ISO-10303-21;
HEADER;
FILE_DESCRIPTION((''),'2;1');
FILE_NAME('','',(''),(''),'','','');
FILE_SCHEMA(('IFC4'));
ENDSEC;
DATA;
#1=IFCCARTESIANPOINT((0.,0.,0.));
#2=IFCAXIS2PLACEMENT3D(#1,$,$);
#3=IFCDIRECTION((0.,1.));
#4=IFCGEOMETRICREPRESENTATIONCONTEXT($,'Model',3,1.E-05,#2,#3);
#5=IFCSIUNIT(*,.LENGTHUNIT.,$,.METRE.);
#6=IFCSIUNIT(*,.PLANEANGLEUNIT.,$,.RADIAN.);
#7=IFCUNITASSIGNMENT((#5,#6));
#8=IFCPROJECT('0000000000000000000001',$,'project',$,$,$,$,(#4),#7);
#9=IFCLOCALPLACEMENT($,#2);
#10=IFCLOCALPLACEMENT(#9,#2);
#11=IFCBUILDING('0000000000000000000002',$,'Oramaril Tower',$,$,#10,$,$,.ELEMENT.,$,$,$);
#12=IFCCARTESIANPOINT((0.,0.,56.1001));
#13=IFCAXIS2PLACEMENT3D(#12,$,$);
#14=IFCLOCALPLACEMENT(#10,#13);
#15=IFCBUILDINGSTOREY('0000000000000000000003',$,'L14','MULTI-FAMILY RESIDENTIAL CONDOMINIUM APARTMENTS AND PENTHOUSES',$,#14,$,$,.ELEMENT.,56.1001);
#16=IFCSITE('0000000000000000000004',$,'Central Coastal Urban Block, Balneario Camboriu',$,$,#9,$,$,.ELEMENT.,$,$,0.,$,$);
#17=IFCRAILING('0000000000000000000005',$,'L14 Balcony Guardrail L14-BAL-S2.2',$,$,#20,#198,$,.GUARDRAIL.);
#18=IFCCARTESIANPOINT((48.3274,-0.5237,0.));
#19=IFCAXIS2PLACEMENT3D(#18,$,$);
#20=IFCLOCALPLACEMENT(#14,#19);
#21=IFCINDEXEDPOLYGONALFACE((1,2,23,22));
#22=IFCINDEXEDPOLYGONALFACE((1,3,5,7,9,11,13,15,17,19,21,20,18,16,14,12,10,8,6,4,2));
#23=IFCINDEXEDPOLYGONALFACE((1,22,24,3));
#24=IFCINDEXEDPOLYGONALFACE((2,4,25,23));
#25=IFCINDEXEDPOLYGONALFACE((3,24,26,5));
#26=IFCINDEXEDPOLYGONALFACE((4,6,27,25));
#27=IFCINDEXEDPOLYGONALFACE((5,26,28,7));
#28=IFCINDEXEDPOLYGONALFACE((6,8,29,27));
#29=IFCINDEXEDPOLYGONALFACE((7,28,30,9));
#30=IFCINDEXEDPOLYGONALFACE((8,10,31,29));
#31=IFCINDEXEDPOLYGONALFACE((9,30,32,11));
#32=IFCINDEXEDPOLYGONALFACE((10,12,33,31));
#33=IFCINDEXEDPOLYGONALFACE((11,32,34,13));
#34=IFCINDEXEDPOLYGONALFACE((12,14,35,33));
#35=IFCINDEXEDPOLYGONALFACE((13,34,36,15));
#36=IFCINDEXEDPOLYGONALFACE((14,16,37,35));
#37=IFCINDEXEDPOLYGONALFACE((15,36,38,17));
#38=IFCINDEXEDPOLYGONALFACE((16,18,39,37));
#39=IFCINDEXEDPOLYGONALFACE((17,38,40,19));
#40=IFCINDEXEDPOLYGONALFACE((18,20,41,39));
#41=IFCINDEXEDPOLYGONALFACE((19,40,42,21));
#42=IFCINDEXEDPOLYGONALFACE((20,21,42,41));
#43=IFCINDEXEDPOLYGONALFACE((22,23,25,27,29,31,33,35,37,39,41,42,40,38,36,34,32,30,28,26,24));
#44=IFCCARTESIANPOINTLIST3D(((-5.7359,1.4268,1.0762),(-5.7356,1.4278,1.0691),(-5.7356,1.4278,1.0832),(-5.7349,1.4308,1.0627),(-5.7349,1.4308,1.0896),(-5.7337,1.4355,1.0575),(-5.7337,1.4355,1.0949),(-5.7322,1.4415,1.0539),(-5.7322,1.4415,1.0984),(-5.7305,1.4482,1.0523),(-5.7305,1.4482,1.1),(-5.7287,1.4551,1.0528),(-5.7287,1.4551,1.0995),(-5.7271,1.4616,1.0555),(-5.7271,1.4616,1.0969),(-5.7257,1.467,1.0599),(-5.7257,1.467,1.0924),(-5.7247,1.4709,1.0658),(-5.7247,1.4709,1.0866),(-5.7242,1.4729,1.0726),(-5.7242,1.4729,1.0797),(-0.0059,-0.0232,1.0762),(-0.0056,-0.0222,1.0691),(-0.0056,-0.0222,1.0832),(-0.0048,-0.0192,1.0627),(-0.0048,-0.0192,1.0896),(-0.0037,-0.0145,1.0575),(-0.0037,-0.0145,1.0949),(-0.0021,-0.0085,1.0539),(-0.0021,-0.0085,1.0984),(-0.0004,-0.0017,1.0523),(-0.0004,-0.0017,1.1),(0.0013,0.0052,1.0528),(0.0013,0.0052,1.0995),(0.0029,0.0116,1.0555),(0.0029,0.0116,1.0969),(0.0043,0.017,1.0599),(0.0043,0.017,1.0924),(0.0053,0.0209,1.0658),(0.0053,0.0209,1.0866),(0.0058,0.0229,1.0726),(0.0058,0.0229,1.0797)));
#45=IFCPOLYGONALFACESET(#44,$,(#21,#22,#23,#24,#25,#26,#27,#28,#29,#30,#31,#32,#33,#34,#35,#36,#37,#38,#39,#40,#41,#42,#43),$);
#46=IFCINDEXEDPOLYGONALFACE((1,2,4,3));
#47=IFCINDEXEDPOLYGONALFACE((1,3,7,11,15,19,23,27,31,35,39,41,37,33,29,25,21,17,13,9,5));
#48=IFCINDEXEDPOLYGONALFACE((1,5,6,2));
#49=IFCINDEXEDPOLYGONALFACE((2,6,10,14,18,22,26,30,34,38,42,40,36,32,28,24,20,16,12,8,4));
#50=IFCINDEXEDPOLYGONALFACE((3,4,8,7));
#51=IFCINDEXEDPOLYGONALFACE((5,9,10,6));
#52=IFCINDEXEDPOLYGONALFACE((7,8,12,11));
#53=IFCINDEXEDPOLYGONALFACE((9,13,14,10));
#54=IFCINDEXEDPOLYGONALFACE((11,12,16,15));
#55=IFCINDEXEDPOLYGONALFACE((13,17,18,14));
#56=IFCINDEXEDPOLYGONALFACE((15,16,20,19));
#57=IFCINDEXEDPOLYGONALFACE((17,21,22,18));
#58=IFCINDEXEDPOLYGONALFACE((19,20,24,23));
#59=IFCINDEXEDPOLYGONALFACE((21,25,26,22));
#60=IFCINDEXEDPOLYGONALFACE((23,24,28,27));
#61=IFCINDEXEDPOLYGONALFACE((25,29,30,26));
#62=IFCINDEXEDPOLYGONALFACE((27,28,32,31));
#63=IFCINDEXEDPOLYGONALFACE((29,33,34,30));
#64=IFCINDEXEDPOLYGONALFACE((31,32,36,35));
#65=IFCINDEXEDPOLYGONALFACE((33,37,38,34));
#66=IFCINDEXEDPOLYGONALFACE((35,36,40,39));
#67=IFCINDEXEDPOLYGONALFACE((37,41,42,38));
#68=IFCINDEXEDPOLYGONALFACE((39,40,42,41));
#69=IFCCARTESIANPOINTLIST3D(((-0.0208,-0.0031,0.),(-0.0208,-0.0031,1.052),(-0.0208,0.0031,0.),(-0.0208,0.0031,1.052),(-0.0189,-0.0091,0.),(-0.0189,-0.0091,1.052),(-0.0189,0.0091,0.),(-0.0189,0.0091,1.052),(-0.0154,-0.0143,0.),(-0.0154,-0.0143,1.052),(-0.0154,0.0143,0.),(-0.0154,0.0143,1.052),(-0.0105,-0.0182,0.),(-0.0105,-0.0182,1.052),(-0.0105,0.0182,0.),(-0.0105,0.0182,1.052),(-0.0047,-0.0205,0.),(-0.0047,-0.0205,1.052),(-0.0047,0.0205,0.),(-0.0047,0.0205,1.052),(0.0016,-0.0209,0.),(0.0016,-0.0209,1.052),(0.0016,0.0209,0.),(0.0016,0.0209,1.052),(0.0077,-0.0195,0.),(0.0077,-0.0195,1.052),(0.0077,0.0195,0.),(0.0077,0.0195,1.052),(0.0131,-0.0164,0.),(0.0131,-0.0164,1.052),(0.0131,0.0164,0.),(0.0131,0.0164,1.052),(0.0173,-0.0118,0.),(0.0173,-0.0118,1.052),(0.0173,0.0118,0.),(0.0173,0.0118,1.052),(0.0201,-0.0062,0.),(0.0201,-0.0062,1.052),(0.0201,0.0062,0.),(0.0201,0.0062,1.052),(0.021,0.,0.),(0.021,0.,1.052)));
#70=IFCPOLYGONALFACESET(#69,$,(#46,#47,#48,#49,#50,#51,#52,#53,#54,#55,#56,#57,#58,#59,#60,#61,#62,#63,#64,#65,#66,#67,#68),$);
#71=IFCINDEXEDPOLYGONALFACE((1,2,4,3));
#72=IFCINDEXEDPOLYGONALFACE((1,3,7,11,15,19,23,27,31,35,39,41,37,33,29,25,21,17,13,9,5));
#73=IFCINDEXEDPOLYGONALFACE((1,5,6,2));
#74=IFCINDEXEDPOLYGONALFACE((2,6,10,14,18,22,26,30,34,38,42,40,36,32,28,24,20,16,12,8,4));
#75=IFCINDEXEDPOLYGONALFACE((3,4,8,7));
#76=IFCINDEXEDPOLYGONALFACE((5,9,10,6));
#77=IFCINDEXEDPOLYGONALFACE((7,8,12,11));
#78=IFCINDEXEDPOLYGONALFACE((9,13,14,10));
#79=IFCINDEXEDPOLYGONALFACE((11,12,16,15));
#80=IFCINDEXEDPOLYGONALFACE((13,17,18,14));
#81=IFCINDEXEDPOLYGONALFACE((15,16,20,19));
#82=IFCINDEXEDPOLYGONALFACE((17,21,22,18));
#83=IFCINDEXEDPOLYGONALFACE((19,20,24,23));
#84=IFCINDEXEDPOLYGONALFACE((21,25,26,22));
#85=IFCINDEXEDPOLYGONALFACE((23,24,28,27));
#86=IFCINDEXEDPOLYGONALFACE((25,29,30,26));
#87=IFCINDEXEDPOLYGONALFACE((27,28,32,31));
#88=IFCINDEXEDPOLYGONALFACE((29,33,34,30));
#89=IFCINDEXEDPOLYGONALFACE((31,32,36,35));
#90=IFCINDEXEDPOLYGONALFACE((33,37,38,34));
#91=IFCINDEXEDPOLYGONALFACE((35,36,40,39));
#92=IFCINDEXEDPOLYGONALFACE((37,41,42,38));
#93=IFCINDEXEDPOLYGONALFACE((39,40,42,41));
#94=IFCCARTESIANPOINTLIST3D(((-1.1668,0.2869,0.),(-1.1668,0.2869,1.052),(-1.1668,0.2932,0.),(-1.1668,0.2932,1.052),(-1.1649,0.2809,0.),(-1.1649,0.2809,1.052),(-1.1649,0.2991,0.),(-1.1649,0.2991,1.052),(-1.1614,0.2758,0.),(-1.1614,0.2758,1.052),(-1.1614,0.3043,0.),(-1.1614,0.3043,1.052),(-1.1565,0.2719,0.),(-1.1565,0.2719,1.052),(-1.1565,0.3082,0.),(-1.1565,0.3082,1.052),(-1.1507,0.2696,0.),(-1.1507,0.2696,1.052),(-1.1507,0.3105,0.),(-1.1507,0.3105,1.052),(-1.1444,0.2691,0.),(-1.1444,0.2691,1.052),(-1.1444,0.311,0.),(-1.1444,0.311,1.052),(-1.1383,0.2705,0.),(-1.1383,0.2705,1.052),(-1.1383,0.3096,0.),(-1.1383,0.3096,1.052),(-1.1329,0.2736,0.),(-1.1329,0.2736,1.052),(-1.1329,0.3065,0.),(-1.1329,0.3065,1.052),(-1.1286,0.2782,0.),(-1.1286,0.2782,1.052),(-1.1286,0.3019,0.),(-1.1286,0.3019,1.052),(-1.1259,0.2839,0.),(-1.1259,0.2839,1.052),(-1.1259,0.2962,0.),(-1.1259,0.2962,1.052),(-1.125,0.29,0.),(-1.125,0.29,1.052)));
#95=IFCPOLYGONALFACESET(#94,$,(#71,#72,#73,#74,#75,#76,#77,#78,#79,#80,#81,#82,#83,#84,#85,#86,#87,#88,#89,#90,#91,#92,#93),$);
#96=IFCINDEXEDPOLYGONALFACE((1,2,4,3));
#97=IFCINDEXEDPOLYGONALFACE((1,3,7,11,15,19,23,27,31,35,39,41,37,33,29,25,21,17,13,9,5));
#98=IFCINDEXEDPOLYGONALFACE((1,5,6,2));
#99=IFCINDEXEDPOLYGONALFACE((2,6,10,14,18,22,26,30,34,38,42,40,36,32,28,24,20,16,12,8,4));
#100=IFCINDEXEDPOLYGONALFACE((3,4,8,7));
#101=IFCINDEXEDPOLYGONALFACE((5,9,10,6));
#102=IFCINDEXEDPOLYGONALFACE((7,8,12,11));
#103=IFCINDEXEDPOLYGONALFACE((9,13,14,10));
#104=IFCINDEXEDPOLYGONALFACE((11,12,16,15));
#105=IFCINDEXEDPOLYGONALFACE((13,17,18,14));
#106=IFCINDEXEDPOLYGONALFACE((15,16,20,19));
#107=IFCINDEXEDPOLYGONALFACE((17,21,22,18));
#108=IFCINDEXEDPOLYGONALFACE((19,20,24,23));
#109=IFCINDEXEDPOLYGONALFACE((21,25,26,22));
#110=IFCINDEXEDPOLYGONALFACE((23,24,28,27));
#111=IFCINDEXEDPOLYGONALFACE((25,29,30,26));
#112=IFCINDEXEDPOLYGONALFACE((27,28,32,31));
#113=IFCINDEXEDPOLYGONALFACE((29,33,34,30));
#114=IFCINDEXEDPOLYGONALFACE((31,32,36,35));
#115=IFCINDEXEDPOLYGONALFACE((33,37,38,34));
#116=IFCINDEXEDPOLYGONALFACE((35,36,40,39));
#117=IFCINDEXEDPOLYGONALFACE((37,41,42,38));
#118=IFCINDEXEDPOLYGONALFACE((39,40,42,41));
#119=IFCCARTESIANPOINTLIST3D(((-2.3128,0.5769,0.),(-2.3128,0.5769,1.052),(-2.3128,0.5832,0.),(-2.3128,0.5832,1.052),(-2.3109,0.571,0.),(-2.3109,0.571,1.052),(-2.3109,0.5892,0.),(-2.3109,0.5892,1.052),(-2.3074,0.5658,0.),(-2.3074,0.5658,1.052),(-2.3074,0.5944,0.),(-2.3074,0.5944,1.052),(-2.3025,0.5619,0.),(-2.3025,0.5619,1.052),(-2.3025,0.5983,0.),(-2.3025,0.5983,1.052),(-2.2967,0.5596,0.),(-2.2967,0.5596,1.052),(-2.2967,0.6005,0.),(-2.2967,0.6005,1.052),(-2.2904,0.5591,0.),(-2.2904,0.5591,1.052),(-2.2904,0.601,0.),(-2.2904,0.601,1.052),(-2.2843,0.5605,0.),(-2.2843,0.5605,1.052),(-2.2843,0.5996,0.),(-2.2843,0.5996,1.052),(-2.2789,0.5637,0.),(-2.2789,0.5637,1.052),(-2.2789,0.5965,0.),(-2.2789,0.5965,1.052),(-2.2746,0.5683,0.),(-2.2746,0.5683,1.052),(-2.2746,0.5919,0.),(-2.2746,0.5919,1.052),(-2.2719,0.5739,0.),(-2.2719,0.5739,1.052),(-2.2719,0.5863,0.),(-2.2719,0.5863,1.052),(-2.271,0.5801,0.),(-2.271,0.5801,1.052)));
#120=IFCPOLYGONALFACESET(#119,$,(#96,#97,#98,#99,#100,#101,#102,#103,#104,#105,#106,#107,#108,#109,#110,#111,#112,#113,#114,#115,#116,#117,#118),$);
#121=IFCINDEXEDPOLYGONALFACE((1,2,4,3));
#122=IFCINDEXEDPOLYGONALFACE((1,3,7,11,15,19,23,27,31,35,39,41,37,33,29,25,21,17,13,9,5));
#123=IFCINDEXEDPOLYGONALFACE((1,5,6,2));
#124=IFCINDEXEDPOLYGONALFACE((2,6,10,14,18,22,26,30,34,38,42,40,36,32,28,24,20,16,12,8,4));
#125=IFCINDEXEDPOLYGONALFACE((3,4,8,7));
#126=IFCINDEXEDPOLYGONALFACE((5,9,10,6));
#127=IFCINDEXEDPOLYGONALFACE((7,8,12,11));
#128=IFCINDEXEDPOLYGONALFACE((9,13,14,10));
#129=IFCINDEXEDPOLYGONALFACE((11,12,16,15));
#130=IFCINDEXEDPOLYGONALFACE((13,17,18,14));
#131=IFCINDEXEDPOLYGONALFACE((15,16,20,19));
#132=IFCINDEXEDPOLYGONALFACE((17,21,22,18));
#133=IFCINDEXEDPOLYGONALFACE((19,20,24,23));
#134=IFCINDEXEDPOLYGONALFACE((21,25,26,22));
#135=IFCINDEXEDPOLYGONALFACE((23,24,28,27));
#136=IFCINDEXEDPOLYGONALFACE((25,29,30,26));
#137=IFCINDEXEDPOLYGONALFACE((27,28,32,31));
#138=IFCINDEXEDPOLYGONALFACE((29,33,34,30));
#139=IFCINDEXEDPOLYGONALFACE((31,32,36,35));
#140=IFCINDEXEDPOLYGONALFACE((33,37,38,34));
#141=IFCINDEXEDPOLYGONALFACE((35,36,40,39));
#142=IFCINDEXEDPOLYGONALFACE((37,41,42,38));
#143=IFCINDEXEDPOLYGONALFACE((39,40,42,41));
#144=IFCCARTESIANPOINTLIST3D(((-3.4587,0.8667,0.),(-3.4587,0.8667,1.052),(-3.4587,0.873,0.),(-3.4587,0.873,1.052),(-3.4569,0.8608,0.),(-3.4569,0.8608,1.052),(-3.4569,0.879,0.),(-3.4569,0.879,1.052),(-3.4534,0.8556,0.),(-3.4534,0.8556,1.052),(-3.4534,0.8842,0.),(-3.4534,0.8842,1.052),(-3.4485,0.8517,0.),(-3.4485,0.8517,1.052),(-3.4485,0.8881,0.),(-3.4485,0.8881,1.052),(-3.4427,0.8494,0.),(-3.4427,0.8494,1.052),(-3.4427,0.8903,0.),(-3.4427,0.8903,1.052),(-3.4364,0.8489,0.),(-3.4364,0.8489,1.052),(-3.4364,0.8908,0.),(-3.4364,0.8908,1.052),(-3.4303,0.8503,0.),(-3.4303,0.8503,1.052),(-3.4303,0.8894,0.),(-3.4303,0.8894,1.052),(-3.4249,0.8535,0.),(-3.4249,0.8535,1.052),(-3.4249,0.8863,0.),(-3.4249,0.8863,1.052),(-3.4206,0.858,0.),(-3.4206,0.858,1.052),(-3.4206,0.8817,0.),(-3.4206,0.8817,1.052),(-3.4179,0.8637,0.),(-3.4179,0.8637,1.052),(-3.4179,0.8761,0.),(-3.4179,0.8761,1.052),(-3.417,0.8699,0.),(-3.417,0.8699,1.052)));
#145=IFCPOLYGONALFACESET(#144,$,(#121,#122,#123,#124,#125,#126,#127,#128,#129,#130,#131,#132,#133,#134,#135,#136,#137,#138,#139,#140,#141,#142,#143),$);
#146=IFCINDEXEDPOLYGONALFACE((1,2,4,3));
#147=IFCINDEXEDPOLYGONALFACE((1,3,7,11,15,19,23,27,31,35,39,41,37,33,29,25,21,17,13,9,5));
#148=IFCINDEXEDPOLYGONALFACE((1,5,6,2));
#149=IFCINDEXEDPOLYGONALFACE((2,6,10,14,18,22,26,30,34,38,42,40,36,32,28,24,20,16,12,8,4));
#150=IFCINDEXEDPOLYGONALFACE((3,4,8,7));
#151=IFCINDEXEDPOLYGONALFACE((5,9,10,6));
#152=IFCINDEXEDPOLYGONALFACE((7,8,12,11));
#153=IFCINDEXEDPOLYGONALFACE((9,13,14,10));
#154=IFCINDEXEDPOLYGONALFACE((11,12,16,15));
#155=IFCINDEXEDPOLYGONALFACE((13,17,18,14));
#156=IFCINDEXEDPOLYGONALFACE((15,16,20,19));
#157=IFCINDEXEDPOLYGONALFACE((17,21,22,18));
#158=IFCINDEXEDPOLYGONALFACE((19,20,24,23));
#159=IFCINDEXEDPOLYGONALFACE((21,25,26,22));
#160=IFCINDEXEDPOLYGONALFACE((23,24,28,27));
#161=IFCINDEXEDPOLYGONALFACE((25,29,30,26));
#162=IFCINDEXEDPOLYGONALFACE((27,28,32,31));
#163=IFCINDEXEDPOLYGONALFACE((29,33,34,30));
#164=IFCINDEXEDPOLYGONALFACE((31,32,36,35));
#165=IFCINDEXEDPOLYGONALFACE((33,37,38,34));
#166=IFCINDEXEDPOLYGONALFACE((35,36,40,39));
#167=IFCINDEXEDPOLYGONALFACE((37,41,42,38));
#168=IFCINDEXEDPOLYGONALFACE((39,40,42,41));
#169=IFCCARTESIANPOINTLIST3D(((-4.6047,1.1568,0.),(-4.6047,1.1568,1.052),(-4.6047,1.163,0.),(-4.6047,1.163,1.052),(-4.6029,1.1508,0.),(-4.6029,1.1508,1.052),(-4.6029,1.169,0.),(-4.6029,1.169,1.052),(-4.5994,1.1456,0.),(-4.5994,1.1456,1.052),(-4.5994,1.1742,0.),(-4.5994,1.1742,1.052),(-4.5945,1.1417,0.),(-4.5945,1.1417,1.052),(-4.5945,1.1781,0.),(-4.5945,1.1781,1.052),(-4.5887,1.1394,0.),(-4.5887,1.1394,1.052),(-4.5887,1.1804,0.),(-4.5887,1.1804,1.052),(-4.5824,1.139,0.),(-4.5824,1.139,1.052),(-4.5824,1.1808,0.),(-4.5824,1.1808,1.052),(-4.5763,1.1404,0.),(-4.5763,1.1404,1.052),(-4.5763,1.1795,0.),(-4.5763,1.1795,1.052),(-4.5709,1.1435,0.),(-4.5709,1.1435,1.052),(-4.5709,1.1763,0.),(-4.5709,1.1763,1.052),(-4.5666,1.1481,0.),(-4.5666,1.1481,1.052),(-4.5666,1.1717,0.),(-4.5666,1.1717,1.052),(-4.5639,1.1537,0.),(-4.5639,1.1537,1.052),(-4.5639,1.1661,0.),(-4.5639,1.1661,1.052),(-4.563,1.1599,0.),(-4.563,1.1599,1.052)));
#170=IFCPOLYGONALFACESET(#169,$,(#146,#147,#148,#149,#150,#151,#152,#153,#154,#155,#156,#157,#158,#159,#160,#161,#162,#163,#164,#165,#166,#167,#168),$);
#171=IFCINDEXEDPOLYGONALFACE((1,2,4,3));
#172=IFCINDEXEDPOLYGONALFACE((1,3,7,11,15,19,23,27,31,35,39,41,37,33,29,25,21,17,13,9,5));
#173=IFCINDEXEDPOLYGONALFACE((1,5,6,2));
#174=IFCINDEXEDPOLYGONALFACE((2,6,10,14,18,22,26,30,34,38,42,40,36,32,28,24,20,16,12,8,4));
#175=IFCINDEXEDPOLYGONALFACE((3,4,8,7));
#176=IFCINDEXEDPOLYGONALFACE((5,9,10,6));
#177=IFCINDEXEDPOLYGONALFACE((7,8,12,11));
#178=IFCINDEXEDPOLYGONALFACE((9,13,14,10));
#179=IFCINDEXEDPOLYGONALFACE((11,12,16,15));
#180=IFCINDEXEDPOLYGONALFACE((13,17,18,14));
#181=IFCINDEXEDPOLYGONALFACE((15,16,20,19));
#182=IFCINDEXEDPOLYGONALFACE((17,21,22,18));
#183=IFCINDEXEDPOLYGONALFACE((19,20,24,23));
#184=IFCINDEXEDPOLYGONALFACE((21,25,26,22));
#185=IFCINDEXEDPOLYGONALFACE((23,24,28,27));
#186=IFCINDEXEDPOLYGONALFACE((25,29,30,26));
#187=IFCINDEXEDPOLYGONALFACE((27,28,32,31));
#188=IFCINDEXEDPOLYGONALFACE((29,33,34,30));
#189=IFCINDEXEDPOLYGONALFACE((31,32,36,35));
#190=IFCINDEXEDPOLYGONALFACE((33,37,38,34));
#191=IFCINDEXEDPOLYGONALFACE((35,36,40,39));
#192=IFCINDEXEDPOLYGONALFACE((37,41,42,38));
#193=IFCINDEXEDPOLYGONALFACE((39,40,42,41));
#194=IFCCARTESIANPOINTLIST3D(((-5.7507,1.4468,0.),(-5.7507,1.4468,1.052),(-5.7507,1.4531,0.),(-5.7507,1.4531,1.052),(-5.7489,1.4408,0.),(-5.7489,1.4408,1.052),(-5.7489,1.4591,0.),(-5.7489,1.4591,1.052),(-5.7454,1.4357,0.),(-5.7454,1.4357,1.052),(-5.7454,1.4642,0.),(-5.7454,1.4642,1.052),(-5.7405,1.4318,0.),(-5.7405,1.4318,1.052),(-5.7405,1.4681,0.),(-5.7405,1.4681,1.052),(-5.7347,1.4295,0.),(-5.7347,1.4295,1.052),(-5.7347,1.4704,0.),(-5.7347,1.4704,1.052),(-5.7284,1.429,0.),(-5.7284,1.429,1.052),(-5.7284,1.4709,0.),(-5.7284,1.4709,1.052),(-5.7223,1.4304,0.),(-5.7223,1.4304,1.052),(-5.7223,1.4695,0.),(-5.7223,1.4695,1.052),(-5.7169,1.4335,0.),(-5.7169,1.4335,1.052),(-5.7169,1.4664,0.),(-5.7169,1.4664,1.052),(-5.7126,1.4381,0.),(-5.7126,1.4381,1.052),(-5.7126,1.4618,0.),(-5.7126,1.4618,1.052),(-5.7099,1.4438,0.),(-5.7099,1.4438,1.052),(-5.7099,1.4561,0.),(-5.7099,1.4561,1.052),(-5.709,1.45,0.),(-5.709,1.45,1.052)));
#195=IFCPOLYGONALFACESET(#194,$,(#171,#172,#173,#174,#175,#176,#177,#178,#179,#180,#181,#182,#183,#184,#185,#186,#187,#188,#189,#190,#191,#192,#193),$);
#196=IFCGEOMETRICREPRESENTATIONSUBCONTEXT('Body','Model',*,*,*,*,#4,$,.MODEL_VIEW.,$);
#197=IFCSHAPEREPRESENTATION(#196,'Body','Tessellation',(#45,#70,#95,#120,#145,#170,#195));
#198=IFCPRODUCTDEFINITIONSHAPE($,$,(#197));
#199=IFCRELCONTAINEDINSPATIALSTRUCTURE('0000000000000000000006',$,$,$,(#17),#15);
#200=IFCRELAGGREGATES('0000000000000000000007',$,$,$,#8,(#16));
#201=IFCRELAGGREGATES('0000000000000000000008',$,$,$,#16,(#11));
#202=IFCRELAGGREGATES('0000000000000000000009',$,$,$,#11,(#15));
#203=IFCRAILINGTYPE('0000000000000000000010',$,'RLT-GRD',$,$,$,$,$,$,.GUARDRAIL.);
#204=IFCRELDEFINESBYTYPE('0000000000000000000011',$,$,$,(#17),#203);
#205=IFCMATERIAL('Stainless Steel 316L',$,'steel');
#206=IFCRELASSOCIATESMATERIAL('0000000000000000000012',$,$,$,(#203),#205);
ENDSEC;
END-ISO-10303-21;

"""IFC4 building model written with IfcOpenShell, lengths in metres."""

from ifc_helpers import new_model, si_unit, direction, frame, origin, origin_2d, place, context, subcontext, project, spatial, circle, extrude, material, type_object, element, save


model = new_model("IFC4")

# Units and contexts
model_context = context("Model", 3, precision=1e-05, world=origin(), true_north=direction((0.0, 1.0)))
body_context = subcontext(model_context, "Body", "Model", "MODEL_VIEW")
ifc_project = project(units=[si_unit("LENGTHUNIT", "METRE"), si_unit("PLANEANGLEUNIT", "RADIAN")], contexts=[model_context])

# Site, building, storey
site_placement = place(None, origin())
site = spatial("IfcSite", under=ifc_project, at=site_placement, Name="Central Coastal Urban Block, Balneario Camboriu", CompositionType="ELEMENT", RefElevation=0.0)
building_placement = place(site_placement, origin())
building = spatial("IfcBuilding", under=site, at=building_placement, Name="Oramaril Tower", CompositionType="ELEMENT")
storey_placement = place(building_placement, frame((0.0, 0.0, 56.1001)))
storey = spatial("IfcBuildingStorey", under=building, at=storey_placement, Name="L14", Description="MULTI-FAMILY RESIDENTIAL CONDOMINIUM APARTMENTS AND PENTHOUSES", CompositionType="ELEMENT", Elevation=56.1001)

# Railing
ifc_material_1 = material(Name="Stainless Steel 316L", Category="steel")
railing_type = type_object("IfcRailingType", Name="RLT-GRD", PredefinedType="GUARDRAIL", material=ifc_material_1)
railing_1_placement = place(storey_placement, frame((48.3274, -0.5237, 0.0)))
element("IfcRailing", 1, at=railing_1_placement, inside=storey, type_object=railing_type, Name="L14 Balcony Guardrail L14-BAL-S2.2", PredefinedType="GUARDRAIL", context=body_context, shape_type="SweptSolid", body=[
    extrude(circle(Radius=0.0239, at=origin_2d()), frame((0.0, 0.0, 1.0762), z_axis=(-0.969444, 0.245314, 0.0), x_axis=(-0.245314, -0.969444, 0.0)), (0.0, 0.0, 1.0), 5.9106),
    extrude(circle(Radius=0.021, at=origin_2d()), origin(), (0.0, 0.0, 1.0), 1.052),
    extrude(circle(Radius=0.021, at=origin_2d()), frame((-1.146, 0.29, 0.0)), (0.0, 0.0, 1.0), 1.052),
    extrude(circle(Radius=0.021, at=origin_2d()), frame((-2.292, 0.5801, 0.0)), (0.0, 0.0, 1.0), 1.052),
    extrude(circle(Radius=0.021, at=origin_2d()), frame((-3.438, 0.8699, 0.0)), (0.0, 0.0, 1.0), 1.052),
    extrude(circle(Radius=0.021, at=origin_2d()), frame((-4.584, 1.1599, 0.0)), (0.0, 0.0, 1.0), 1.052),
    extrude(circle(Radius=0.021, at=origin_2d()), frame((-5.73, 1.45, 0.0)), (0.0, 0.0, 1.0), 1.052),
])

save(model, "model.ifc")
